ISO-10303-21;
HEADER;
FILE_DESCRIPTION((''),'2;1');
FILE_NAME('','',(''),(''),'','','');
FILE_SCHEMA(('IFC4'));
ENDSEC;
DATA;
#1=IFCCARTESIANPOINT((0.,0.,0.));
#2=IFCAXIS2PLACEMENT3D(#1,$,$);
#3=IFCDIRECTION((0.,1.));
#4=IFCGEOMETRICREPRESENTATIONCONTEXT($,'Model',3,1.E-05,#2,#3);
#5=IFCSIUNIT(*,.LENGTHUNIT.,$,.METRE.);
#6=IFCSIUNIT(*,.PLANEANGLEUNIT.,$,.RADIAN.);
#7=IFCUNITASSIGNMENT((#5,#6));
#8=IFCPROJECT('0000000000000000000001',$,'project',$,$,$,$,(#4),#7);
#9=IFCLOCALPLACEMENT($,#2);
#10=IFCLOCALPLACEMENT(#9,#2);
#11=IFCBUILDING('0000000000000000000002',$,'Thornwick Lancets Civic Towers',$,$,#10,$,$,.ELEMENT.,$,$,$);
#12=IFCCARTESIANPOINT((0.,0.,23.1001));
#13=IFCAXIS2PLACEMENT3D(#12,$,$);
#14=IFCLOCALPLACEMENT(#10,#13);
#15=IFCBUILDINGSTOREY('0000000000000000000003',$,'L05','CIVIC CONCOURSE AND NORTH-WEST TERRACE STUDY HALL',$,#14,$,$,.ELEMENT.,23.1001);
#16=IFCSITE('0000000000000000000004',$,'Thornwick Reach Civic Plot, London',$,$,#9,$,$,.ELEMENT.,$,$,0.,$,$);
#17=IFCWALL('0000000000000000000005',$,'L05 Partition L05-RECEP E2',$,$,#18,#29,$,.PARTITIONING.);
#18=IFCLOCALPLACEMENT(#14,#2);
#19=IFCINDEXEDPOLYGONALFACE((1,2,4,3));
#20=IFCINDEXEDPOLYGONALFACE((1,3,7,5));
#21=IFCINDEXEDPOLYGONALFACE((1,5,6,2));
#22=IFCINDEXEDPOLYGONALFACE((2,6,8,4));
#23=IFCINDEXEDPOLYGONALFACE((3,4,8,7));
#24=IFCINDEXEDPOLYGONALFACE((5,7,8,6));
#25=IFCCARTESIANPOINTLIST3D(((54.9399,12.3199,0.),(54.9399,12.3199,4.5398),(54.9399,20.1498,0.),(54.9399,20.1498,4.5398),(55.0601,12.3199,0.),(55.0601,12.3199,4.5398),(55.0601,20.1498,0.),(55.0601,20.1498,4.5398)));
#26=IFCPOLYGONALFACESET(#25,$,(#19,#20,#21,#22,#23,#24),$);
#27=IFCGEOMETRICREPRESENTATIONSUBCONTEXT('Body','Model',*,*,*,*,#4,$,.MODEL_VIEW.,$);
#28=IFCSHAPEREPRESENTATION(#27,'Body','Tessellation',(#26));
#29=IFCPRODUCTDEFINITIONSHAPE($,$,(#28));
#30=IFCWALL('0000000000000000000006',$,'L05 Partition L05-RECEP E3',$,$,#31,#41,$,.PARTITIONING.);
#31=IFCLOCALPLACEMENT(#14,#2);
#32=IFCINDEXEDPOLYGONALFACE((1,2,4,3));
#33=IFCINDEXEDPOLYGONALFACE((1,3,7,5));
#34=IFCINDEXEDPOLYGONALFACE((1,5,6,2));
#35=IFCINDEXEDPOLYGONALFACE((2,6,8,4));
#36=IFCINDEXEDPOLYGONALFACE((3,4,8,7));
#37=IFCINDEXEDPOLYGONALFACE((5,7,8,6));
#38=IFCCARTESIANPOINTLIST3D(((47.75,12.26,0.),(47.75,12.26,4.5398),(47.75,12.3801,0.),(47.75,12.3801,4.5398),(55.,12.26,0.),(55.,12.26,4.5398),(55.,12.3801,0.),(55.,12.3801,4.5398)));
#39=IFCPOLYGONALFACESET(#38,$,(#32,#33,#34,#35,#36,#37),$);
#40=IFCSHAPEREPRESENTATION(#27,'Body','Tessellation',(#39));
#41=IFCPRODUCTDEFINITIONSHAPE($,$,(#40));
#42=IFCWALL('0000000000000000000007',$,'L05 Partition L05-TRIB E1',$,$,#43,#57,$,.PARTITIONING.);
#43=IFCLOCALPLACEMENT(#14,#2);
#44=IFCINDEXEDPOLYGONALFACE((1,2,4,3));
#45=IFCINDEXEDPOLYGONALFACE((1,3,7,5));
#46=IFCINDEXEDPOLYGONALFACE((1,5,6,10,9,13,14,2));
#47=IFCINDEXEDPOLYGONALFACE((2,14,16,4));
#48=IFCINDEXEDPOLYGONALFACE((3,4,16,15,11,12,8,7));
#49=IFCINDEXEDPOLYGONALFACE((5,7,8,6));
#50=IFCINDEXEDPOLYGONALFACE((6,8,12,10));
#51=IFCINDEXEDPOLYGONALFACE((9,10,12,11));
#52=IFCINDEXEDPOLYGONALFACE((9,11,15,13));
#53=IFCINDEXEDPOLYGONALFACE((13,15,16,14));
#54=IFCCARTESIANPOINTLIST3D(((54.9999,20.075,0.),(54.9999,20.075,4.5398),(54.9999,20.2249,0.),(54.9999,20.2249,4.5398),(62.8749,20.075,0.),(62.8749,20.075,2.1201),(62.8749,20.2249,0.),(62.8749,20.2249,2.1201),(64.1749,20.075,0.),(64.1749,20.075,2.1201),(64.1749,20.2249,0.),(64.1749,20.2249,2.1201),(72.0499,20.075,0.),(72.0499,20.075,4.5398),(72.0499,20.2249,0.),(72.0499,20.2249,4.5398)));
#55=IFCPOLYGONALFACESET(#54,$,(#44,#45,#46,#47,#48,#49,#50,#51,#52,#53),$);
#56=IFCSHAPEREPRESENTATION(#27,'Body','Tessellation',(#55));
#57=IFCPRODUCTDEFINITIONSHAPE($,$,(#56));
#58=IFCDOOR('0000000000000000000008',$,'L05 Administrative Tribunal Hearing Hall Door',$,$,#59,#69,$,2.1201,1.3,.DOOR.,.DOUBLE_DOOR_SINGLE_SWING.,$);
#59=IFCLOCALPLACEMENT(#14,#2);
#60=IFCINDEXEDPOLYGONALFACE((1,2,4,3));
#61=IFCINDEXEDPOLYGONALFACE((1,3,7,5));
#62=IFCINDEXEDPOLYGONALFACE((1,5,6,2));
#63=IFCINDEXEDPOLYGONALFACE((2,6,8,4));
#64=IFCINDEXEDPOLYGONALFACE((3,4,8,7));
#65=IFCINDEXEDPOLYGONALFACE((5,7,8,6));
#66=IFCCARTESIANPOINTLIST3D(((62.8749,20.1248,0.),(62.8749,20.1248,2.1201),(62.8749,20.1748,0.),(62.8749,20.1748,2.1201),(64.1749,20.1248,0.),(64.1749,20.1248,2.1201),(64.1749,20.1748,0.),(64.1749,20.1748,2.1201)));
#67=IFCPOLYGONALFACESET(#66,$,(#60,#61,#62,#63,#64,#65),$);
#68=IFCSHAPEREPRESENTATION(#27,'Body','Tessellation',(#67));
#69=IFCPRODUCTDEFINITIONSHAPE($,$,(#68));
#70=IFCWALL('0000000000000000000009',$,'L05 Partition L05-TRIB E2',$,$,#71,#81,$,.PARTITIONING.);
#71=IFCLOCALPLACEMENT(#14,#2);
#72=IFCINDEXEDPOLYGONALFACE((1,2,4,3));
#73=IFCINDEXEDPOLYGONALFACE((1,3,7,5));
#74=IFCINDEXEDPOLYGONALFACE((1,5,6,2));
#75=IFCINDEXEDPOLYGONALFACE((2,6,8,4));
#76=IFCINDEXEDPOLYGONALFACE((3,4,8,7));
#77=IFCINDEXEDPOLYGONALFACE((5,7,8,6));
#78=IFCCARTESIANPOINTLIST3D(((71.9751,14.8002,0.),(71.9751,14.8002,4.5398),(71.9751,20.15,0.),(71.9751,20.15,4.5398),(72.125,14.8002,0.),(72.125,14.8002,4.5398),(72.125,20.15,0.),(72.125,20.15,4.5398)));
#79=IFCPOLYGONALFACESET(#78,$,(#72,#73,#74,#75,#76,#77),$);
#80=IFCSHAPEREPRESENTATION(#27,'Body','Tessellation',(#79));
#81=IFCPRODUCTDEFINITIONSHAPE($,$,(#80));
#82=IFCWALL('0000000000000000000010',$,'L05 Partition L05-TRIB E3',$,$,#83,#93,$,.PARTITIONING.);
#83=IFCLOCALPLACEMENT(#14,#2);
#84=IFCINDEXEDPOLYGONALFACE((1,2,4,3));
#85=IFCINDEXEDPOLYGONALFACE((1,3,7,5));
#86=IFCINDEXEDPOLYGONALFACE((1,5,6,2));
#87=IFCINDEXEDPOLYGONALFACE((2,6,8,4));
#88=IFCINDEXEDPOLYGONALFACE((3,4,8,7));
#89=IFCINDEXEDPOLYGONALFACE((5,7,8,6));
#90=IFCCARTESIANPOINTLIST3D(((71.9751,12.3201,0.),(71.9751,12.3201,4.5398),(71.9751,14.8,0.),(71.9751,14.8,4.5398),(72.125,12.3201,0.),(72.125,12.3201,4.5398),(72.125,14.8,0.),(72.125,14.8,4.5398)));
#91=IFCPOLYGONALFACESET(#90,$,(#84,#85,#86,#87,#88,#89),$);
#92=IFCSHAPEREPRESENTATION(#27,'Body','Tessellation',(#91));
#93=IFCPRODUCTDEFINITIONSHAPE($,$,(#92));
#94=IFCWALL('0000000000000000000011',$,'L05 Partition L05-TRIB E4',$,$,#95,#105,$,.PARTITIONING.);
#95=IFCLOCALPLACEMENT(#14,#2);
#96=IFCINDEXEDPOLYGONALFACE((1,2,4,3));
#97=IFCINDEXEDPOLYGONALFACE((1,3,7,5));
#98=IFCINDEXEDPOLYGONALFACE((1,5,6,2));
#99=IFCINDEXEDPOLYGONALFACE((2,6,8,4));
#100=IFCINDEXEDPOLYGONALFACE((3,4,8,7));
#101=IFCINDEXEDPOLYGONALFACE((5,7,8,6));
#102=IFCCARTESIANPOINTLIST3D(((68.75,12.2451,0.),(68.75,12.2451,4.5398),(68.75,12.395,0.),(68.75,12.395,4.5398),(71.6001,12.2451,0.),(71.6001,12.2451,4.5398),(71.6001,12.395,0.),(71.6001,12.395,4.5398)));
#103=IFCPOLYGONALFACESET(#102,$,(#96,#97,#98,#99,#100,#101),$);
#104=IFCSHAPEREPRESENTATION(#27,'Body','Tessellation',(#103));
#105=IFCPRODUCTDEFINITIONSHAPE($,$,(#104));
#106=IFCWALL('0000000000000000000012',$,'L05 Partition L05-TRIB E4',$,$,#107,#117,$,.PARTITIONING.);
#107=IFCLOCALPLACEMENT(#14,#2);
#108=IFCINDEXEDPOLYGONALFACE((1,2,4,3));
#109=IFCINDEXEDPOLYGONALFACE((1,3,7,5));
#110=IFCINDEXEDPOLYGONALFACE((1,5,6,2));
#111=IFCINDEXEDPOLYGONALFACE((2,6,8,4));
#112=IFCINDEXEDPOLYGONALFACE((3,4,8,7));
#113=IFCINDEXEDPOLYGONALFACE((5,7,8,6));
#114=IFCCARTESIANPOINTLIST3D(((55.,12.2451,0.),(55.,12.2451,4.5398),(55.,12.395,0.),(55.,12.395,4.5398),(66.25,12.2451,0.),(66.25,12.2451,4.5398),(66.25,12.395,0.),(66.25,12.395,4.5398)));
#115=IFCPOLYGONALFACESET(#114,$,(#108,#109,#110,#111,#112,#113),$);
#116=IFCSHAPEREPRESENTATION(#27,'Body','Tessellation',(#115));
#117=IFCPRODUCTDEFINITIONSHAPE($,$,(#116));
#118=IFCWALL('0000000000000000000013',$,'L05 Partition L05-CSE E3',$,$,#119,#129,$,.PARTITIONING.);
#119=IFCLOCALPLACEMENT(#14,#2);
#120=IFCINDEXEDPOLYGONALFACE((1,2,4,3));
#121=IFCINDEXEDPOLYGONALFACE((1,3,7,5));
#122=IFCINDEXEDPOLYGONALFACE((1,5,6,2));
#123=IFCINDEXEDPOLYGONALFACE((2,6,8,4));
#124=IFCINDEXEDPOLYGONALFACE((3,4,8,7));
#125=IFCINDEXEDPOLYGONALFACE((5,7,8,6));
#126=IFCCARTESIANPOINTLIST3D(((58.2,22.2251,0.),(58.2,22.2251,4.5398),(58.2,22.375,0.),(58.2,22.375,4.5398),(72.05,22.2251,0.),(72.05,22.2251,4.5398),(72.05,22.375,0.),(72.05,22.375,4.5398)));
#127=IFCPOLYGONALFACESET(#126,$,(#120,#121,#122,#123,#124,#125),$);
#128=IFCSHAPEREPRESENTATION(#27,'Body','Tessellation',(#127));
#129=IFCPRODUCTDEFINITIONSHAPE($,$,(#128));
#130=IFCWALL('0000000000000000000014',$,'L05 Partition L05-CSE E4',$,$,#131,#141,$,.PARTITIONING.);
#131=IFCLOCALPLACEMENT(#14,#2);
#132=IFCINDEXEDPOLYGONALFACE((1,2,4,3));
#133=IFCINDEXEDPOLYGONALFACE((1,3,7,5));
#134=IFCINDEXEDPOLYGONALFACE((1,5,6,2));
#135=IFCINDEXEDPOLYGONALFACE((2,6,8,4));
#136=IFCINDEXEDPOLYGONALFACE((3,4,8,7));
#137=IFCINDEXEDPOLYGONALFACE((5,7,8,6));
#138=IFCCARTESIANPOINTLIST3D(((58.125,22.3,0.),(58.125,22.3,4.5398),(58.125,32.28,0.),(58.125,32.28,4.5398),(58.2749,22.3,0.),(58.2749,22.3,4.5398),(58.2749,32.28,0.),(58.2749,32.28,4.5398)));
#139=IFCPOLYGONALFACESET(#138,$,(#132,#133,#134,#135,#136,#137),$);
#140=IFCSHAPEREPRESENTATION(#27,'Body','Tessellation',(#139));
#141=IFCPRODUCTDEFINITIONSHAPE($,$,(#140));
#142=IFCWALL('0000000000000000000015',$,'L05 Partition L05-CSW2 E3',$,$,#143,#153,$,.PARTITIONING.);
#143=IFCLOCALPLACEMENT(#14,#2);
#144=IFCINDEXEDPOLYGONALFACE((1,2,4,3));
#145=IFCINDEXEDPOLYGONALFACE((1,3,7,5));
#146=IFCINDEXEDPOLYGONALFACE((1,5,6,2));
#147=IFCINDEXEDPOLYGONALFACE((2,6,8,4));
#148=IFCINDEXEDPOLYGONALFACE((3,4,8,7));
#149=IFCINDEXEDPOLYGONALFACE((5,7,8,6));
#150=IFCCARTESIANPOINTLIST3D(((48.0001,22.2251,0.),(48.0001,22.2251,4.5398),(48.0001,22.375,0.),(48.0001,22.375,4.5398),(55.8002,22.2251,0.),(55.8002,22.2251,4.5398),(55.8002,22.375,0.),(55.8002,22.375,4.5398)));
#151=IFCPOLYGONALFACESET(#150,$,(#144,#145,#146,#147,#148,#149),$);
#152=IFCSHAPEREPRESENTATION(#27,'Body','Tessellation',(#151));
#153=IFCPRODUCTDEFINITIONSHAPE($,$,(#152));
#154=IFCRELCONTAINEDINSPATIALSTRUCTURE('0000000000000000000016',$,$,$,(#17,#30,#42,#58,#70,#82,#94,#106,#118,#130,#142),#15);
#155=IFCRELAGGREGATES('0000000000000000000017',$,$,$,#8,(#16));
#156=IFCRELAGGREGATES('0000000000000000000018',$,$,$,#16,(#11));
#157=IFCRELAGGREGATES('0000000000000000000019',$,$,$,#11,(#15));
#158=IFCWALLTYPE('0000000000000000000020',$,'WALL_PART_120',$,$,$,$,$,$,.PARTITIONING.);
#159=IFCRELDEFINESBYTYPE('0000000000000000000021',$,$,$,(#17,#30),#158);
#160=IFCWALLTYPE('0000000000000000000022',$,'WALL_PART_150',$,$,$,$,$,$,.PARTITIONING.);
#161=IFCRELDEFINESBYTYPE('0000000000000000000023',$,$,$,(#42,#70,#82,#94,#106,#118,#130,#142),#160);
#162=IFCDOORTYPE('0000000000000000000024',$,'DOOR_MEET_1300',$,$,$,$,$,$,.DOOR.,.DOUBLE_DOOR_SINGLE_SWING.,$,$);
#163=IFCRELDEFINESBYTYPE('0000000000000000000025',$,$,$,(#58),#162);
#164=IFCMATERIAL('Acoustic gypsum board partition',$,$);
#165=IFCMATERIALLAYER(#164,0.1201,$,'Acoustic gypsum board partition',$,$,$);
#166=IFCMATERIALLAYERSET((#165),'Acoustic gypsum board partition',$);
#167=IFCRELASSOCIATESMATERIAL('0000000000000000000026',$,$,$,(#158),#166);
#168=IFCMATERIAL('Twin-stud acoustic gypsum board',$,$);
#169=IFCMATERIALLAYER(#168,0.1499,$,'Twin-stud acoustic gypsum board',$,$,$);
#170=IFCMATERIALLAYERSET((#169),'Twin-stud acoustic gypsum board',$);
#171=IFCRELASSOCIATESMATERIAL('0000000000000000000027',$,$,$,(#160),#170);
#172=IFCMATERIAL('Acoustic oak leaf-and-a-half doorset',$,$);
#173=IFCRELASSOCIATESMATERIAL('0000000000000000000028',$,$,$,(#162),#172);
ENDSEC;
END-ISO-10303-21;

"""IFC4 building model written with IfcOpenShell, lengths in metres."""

from ifc_helpers import new_model, si_unit, direction, frame, frame_2d, origin, place, context, subcontext, project, spatial, rectangle, extrude, material, layer, layer_set, type_object, element, fill, save


model = new_model("IFC4")

# Units and contexts
model_context = context("Model", 3, precision=1e-05, world=origin(), true_north=direction((0.0, 1.0)))
body_context = subcontext(model_context, "Body", "Model", "MODEL_VIEW")
ifc_project = project(units=[si_unit("LENGTHUNIT", "METRE"), si_unit("PLANEANGLEUNIT", "RADIAN")], contexts=[model_context])

# Site, building, storey
site_placement = place(None, origin())
site = spatial("IfcSite", under=ifc_project, at=site_placement, Name="Thornwick Reach Civic Plot, London", CompositionType="ELEMENT", RefElevation=0.0)
building_placement = place(site_placement, origin())
building = spatial("IfcBuilding", under=site, at=building_placement, Name="Thornwick Lancets Civic Towers", CompositionType="ELEMENT")
storey_placement = place(building_placement, frame((0.0, 0.0, 23.1001)))
storey = spatial("IfcBuildingStorey", under=building, at=storey_placement, Name="L05", Description="CIVIC CONCOURSE AND NORTH-WEST TERRACE STUDY HALL", CompositionType="ELEMENT", Elevation=23.1001)

# Walls
ifc_material_1 = material(Name="Acoustic gypsum board partition")
ifc_layer_1 = layer(ifc_material_1, 0.1201, Name="Acoustic gypsum board partition")
ifc_layer_set_1 = layer_set([ifc_layer_1], Name="Acoustic gypsum board partition")
wall_type_1 = type_object("IfcWallType", Name="WALL_PART_120", PredefinedType="PARTITIONING", material=ifc_layer_set_1)
wall_1_placement = place(storey_placement, frame((55.0, 20.1499, 0.0), z_axis=(0.0, 0.0, 1.0), x_axis=(0.0, -1.0, 0.0)))
element("IfcWall", 1, at=wall_1_placement, inside=storey, type_object=wall_type_1, Name="L05 Partition L05-RECEP E2", PredefinedType="PARTITIONING", context=body_context, shape_type="SweptSolid", body=[
    extrude(rectangle(XDim=7.8298, YDim=0.1201, at=frame_2d((3.915, 0.0))), origin(), (0.0, 0.0, 1.0), 4.5398),
])
wall_2_placement = place(storey_placement, frame((55.0, 12.3201, 0.0), z_axis=(0.0, 0.0, 1.0), x_axis=(-1.0, 0.0, 0.0)))
element("IfcWall", 2, at=wall_2_placement, inside=storey, type_object=wall_type_1, Name="L05 Partition L05-RECEP E3", PredefinedType="PARTITIONING", context=body_context, shape_type="SweptSolid", body=[
    extrude(rectangle(XDim=7.25, YDim=0.1201, at=frame_2d((3.625, 0.0))), origin(), (0.0, 0.0, 1.0), 4.5398),
])

# Wall, opening, door
ifc_material_2 = material(Name="Twin-stud acoustic gypsum board")
ifc_layer_2 = layer(ifc_material_2, 0.1499, Name="Twin-stud acoustic gypsum board")
ifc_layer_set_2 = layer_set([ifc_layer_2], Name="Twin-stud acoustic gypsum board")
wall_type_2 = type_object("IfcWallType", Name="WALL_PART_150", PredefinedType="PARTITIONING", material=ifc_layer_set_2)
wall_3_placement = place(storey_placement, frame((55.0, 20.1499, 0.0), z_axis=(0.0, 0.0, 1.0), x_axis=(1.0, 0.0, 0.0)))
wall_3 = element("IfcWall", 3, at=wall_3_placement, inside=storey, type_object=wall_type_2, Name="L05 Partition L05-TRIB E1", PredefinedType="PARTITIONING", context=body_context, shape_type="SweptSolid", body=[
    extrude(rectangle(XDim=17.05, YDim=0.1499, at=frame_2d((8.5249, 0.0))), origin(), (0.0, 0.0, 1.0), 4.5398),
])
opening_1_placement = place(wall_3_placement, frame((7.875, 0.0, 0.0)))
opening_1 = element("IfcOpeningElement", 4, at=opening_1_placement, cuts=wall_3, PredefinedType="OPENING", context=body_context, shape_type="SweptSolid", body=[
    extrude(rectangle(XDim=1.3, YDim=2.1201, at=frame_2d((0.6499, 1.0601))), frame((0.0, 0.085, 0.0), z_axis=(0.0, -1.0, 0.0), x_axis=(1.0, 0.0, 0.0)), (0.0, 0.0, 1.0), 0.1699),
])
ifc_material_3 = material(Name="Acoustic oak leaf-and-a-half doorset")
door_type_1 = type_object("IfcDoorType", Name="DOOR_MEET_1300", OperationType="DOUBLE_DOOR_SINGLE_SWING", PredefinedType="DOOR", material=ifc_material_3)
door_1_placement = place(opening_1_placement, origin())
door_1 = element("IfcDoor", 5, at=door_1_placement, inside=storey, type_object=door_type_1, Name="L05 Administrative Tribunal Hearing Hall Door", OperationType="DOUBLE_DOOR_SINGLE_SWING", OverallHeight=2.1201, OverallWidth=1.3, PredefinedType="DOOR", context=body_context, shape_type="SweptSolid", body=[
    extrude(rectangle(XDim=1.3, YDim=2.1201, at=frame_2d((0.6499, 1.0601))), frame((0.0, 0.0249, 0.0), z_axis=(0.0, -1.0, 0.0), x_axis=(1.0, 0.0, 0.0)), (0.0, 0.0, 1.0), 0.05),
])
fill(opening_1, door_1)

# Walls
wall_4_placement = place(storey_placement, frame((72.05, 20.1499, 0.0), z_axis=(0.0, 0.0, 1.0), x_axis=(0.0, -1.0, 0.0)))
element("IfcWall", 6, at=wall_4_placement, inside=storey, type_object=wall_type_2, Name="L05 Partition L05-TRIB E2", PredefinedType="PARTITIONING", context=body_context, shape_type="SweptSolid", body=[
    extrude(rectangle(XDim=5.3499, YDim=0.1499, at=frame_2d((2.6748, 0.0))), origin(), (0.0, 0.0, 1.0), 4.5398),
])
wall_5_placement = place(storey_placement, frame((72.05, 14.8, 0.0), z_axis=(0.0, 0.0, 1.0), x_axis=(0.0, -1.0, 0.0)))
element("IfcWall", 7, at=wall_5_placement, inside=storey, type_object=wall_type_2, Name="L05 Partition L05-TRIB E3", PredefinedType="PARTITIONING", context=body_context, shape_type="SweptSolid", body=[
    extrude(rectangle(XDim=2.48, YDim=0.1499, at=frame_2d((1.24, 0.0))), origin(), (0.0, 0.0, 1.0), 4.5398),
])
wall_6_placement = place(storey_placement, frame((71.6001, 12.3201, 0.0), z_axis=(0.0, 0.0, 1.0), x_axis=(-1.0, 0.0, 0.0)))
element("IfcWall", 8, at=wall_6_placement, inside=storey, type_object=wall_type_2, Name="L05 Partition L05-TRIB E4", PredefinedType="PARTITIONING", context=body_context, shape_type="SweptSolid", body=[
    extrude(rectangle(XDim=2.8501, YDim=0.1499, at=frame_2d((1.425, 0.0))), origin(), (0.0, 0.0, 1.0), 4.5398),
])
wall_7_placement = place(storey_placement, frame((66.25, 12.3201, 0.0), z_axis=(0.0, 0.0, 1.0), x_axis=(-1.0, 0.0, 0.0)))
element("IfcWall", 9, at=wall_7_placement, inside=storey, type_object=wall_type_2, Name="L05 Partition L05-TRIB E4", PredefinedType="PARTITIONING", context=body_context, shape_type="SweptSolid", body=[
    extrude(rectangle(XDim=11.25, YDim=0.1499, at=frame_2d((5.625, 0.0))), origin(), (0.0, 0.0, 1.0), 4.5398),
])
wall_8_placement = place(storey_placement, frame((72.05, 22.3, 0.0), z_axis=(0.0, 0.0, 1.0), x_axis=(-1.0, 0.0, 0.0)))
element("IfcWall", 10, at=wall_8_placement, inside=storey, type_object=wall_type_2, Name="L05 Partition L05-CSE E3", PredefinedType="PARTITIONING", context=body_context, shape_type="SweptSolid", body=[
    extrude(rectangle(XDim=13.8501, YDim=0.1499, at=frame_2d((6.925, 0.0))), origin(), (0.0, 0.0, 1.0), 4.5398),
])
wall_9_placement = place(storey_placement, frame((58.2, 22.3, 0.0), z_axis=(0.0, 0.0, 1.0), x_axis=(0.0, 1.0, 0.0)))
element("IfcWall", 11, at=wall_9_placement, inside=storey, type_object=wall_type_2, Name="L05 Partition L05-CSE E4", PredefinedType="PARTITIONING", context=body_context, shape_type="SweptSolid", body=[
    extrude(rectangle(XDim=9.98, YDim=0.1499, at=frame_2d((4.99, 0.0))), origin(), (0.0, 0.0, 1.0), 4.5398),
])
wall_10_placement = place(storey_placement, frame((55.8, 22.3, 0.0), z_axis=(0.0, 0.0, 1.0), x_axis=(-1.0, 0.0, 0.0)))
element("IfcWall", 12, at=wall_10_placement, inside=storey, type_object=wall_type_2, Name="L05 Partition L05-CSW2 E3", PredefinedType="PARTITIONING", context=body_context, shape_type="SweptSolid", body=[
    extrude(rectangle(XDim=7.8, YDim=0.1499, at=frame_2d((3.8999, 0.0))), origin(), (0.0, 0.0, 1.0), 4.5398),
])

save(model, "model.ifc")
